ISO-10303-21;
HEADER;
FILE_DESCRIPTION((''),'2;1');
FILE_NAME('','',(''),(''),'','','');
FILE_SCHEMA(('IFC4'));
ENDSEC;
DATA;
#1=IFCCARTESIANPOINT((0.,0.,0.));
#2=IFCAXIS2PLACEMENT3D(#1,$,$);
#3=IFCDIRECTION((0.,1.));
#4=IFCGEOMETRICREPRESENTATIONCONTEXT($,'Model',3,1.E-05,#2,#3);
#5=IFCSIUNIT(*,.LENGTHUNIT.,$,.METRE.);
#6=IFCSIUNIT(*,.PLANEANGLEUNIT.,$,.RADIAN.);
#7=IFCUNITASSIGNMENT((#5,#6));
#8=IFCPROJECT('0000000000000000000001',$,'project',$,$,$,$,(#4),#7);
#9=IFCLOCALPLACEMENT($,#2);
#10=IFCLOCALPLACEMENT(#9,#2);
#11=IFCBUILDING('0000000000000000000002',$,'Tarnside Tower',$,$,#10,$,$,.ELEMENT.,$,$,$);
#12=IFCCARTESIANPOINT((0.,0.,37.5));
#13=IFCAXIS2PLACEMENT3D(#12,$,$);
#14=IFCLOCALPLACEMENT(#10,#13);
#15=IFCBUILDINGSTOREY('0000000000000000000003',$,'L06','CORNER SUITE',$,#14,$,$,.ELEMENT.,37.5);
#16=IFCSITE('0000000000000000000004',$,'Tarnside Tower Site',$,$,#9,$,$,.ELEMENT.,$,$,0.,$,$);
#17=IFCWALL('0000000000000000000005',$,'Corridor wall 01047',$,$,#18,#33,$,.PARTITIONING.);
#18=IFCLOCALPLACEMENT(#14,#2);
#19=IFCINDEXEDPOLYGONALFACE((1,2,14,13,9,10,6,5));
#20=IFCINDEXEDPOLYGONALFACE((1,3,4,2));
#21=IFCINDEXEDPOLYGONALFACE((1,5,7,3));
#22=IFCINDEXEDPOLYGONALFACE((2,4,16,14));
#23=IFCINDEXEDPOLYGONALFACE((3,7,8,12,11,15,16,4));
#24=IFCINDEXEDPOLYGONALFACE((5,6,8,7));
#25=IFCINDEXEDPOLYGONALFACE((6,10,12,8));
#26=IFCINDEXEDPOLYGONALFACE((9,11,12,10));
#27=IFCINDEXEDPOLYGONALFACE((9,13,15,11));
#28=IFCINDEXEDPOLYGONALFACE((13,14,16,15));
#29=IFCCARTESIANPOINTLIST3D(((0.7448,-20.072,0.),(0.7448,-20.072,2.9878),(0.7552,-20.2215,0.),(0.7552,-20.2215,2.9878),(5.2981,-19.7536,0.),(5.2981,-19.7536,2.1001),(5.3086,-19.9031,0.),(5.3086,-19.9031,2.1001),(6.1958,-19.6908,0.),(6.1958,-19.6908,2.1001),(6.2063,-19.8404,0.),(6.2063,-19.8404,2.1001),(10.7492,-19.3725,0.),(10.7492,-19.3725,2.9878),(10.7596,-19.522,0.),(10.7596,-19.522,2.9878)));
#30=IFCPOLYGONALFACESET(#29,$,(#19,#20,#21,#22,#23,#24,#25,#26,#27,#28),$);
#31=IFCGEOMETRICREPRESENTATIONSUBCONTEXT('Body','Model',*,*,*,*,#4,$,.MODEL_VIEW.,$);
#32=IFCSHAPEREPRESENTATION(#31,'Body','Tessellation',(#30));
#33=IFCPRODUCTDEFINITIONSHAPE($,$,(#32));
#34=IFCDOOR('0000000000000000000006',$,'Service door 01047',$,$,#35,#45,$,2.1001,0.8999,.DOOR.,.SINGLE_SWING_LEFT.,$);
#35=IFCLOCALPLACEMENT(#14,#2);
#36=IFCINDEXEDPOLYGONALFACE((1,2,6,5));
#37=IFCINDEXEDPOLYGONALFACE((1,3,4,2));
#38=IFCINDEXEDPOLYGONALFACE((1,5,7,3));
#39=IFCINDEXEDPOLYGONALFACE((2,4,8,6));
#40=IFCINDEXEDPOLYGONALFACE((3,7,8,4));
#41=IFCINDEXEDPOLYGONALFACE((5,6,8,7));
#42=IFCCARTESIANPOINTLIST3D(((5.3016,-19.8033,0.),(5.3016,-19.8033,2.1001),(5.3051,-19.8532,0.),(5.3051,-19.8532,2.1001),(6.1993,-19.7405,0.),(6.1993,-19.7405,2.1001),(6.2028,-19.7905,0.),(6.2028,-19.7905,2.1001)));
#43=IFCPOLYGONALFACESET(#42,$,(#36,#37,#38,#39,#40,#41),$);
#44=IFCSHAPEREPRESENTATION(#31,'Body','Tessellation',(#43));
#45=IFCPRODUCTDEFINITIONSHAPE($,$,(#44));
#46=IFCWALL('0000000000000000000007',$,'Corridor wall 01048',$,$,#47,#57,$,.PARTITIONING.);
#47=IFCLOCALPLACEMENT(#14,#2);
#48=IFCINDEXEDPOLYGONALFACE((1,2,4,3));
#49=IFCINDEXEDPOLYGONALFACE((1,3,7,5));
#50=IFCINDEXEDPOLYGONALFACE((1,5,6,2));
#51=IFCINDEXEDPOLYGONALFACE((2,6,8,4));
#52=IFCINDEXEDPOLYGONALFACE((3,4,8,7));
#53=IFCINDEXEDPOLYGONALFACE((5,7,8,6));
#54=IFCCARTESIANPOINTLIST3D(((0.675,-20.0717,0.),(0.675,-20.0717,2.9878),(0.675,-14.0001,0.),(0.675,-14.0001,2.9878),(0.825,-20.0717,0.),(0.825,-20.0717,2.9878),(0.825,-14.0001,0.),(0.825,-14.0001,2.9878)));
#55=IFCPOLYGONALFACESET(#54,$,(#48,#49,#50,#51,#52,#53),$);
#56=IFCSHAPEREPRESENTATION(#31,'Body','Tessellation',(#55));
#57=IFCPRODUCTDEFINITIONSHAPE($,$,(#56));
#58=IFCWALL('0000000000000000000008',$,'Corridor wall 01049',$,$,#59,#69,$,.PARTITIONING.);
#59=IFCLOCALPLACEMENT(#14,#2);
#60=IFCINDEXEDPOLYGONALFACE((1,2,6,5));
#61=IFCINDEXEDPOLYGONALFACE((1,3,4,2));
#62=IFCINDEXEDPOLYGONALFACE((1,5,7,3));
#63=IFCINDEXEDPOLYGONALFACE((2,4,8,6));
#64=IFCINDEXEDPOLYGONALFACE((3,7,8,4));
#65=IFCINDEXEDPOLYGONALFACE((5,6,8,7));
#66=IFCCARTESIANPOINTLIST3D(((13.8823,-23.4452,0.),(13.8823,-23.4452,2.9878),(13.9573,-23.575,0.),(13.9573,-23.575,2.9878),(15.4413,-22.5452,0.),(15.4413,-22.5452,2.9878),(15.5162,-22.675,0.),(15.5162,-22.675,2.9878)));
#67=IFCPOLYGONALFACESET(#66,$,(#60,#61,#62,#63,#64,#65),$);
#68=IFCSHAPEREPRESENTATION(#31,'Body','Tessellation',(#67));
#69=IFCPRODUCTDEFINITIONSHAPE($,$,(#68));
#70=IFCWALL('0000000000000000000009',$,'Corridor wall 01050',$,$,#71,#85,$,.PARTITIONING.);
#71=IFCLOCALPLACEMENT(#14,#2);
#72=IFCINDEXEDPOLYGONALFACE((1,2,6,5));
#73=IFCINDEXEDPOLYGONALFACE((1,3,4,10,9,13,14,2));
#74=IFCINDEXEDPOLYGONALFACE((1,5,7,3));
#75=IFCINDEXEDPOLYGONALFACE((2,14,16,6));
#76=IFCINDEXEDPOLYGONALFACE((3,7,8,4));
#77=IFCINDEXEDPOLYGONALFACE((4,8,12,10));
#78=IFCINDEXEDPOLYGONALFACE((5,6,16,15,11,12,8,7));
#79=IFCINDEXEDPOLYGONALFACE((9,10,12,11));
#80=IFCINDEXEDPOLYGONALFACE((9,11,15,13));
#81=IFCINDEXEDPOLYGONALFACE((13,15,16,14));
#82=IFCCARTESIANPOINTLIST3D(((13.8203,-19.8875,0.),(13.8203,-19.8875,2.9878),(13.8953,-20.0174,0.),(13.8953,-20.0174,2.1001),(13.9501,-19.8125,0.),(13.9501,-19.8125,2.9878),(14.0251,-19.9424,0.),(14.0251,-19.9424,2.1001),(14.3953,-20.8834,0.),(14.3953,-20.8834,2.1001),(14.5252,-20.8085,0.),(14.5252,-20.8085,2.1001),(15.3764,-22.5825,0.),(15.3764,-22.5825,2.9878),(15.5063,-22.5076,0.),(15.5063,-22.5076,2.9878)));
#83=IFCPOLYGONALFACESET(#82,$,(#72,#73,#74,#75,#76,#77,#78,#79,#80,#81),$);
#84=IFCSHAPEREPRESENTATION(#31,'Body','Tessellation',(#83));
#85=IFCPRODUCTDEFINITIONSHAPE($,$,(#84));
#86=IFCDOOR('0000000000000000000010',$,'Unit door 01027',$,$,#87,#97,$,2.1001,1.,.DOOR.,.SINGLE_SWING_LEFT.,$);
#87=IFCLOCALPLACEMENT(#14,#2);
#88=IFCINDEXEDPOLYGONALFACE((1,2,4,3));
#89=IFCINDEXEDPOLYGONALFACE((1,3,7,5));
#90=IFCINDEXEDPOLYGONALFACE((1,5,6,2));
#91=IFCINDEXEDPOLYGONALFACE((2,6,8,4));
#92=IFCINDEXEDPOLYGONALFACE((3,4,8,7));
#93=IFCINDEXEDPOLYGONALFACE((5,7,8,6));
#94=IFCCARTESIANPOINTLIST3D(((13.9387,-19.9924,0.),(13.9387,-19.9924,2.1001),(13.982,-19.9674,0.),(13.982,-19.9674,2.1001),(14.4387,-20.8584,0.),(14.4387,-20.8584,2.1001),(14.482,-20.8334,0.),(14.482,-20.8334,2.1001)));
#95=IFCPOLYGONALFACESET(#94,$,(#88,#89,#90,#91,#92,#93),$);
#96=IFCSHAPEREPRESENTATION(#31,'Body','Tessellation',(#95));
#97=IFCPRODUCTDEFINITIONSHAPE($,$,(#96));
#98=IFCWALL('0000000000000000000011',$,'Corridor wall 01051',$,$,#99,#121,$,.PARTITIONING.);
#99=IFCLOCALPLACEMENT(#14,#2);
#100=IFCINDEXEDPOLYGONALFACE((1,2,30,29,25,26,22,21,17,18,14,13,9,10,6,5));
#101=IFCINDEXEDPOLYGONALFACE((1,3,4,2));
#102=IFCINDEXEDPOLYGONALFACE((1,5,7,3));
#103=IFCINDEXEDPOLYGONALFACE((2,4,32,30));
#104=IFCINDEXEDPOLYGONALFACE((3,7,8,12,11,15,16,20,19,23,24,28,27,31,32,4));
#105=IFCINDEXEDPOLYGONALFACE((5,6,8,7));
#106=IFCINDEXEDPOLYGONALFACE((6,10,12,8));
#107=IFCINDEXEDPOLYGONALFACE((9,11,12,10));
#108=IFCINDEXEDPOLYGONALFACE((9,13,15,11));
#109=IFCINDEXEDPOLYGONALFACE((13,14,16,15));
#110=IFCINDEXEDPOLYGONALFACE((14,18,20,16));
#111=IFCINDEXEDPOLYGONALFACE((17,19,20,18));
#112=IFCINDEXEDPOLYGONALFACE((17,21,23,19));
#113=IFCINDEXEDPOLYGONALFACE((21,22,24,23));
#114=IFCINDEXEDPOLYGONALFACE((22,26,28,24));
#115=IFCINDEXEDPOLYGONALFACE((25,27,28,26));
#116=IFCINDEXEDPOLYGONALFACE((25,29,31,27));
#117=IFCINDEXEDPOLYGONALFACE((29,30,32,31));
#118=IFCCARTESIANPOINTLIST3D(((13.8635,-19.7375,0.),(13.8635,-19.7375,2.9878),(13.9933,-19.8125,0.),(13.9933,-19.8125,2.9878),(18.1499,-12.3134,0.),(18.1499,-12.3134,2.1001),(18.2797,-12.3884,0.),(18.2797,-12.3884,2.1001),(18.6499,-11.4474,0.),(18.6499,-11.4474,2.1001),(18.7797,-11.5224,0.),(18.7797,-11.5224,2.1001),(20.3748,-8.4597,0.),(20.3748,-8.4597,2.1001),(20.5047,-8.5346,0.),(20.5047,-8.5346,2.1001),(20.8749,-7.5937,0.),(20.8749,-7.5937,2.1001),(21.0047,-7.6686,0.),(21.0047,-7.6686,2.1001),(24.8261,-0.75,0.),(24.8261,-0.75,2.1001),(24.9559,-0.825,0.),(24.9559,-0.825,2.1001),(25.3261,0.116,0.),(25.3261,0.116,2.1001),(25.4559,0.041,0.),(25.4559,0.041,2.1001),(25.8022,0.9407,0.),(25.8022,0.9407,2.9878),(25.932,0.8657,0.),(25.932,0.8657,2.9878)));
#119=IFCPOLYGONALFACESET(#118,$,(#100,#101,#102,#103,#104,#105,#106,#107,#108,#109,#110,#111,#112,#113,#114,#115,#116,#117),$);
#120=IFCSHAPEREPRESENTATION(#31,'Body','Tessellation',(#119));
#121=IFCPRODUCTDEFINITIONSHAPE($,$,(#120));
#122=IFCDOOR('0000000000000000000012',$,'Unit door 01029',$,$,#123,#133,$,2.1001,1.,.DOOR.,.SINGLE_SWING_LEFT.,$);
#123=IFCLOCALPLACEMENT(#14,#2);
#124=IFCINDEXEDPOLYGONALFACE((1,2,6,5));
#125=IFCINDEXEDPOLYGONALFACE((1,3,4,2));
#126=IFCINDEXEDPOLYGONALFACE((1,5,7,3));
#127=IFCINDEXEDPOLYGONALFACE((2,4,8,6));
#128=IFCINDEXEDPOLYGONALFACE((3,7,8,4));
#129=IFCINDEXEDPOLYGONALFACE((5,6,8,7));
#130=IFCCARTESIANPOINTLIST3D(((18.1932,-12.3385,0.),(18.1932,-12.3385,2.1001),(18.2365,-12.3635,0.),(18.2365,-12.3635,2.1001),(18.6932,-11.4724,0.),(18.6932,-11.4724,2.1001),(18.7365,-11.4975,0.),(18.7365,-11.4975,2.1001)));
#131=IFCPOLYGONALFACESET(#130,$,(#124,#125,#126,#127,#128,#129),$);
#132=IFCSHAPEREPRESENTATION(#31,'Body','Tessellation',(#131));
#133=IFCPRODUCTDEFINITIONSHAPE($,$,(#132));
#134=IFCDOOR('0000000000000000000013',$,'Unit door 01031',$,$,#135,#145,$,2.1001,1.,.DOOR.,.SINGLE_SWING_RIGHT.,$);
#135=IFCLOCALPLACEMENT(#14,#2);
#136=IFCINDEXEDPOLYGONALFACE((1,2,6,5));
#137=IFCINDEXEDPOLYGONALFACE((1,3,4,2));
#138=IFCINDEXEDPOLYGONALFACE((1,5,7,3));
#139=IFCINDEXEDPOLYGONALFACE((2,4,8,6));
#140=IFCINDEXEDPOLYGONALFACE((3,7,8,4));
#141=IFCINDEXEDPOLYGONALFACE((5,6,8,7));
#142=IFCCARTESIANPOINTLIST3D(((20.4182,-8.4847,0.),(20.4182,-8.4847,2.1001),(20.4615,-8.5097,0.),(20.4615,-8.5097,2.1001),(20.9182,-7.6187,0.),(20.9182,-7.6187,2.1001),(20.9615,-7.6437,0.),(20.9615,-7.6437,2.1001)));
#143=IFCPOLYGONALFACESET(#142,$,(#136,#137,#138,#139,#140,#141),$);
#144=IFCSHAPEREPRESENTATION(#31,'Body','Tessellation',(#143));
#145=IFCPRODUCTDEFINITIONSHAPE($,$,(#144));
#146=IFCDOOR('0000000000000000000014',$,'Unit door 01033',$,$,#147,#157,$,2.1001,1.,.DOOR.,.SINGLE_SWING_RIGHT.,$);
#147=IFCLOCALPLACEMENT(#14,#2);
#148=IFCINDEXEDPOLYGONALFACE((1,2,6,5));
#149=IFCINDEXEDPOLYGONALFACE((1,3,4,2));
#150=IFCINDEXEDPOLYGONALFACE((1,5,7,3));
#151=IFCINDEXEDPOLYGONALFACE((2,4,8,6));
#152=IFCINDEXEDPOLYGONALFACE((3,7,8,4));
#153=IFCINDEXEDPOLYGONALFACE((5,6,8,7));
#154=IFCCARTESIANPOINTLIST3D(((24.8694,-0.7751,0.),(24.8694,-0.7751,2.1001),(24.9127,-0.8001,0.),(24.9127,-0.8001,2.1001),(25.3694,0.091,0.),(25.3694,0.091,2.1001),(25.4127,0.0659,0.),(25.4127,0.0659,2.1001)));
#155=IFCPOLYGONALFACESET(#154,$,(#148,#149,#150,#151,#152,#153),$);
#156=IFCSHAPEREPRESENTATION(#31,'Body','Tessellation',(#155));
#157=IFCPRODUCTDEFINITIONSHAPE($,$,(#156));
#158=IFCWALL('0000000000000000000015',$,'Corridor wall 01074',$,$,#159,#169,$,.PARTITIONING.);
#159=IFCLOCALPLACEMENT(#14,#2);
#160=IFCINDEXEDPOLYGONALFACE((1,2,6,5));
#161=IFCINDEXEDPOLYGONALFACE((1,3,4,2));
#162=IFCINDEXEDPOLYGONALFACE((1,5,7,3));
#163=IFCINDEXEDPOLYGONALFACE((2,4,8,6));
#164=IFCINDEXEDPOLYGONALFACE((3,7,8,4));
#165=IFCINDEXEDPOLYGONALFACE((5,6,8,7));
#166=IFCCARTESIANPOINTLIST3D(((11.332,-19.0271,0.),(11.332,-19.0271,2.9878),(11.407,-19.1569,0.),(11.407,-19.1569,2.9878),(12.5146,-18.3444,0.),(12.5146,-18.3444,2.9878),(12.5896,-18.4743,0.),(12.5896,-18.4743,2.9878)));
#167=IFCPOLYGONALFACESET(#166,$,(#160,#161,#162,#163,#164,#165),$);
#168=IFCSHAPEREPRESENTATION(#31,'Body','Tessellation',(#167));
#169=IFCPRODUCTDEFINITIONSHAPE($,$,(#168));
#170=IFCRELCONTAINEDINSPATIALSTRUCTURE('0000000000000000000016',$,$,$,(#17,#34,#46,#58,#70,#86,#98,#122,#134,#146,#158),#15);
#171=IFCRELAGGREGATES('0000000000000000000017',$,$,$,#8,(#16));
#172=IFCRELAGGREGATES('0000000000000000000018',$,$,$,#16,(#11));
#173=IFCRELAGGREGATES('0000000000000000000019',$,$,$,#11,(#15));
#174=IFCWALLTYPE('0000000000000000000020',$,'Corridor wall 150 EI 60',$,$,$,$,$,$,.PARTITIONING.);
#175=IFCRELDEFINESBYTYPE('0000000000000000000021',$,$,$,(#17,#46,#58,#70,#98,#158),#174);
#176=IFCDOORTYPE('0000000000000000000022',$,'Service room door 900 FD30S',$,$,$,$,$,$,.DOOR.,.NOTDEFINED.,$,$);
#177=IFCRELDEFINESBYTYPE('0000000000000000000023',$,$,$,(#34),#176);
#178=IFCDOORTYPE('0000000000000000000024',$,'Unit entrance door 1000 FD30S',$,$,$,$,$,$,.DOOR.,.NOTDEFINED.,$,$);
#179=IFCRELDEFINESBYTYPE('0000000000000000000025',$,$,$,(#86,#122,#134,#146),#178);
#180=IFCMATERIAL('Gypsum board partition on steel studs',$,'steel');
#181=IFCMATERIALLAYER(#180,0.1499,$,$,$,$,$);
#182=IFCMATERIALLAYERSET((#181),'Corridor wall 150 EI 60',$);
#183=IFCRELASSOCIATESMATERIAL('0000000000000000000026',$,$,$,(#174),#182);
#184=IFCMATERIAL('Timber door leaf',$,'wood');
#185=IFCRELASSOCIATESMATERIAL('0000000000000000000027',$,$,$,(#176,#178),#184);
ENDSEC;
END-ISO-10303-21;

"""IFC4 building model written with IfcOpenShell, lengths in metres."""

from ifc_helpers import new_model, si_unit, direction, frame, frame_2d, origin, place, context, subcontext, project, spatial, rectangle, extrude, material, layer, layer_set, type_object, element, fill, save


model = new_model("IFC4")

# Units and contexts
model_context = context("Model", 3, precision=1e-05, world=origin(), true_north=direction((0.0, 1.0)))
body_context = subcontext(model_context, "Body", "Model", "MODEL_VIEW")
ifc_project = project(units=[si_unit("LENGTHUNIT", "METRE"), si_unit("PLANEANGLEUNIT", "RADIAN")], contexts=[model_context])

# Site, building, storey
site_placement = place(None, origin())
site = spatial("IfcSite", under=ifc_project, at=site_placement, Name="Tarnside Tower Site", CompositionType="ELEMENT", RefElevation=0.0)
building_placement = place(site_placement, origin())
building = spatial("IfcBuilding", under=site, at=building_placement, Name="Tarnside Tower", CompositionType="ELEMENT")
storey_placement = place(building_placement, frame((0.0, 0.0, 37.5)))
storey = spatial("IfcBuildingStorey", under=building, at=storey_placement, Name="L06", Description="CORNER SUITE", CompositionType="ELEMENT", Elevation=37.5)

# Shared definitions
ifc_material_1 = material(Name="Gypsum board partition on steel studs", Category="steel")
ifc_material_2 = material(Name="Timber door leaf", Category="wood")

# Shared definitions
ifc_layer_1 = layer(ifc_material_1, 0.1499)
ifc_layer_set_1 = layer_set([ifc_layer_1], Name="Corridor wall 150 EI 60")
wall_type_1 = type_object("IfcWallType", Name="Corridor wall 150 EI 60", PredefinedType="PARTITIONING", material=ifc_layer_set_1)

# Wall, opening, door
wall_1_placement = place(storey_placement, frame((10.7544, -19.4473, 0.0), z_axis=(0.0, 0.0, 1.0), x_axis=(-0.997565, -0.069745, 0.0)))
wall_1 = element("IfcWall", 1, at=wall_1_placement, inside=storey, type_object=wall_type_1, Name="Corridor wall 01047", PredefinedType="PARTITIONING", context=body_context, shape_type="SweptSolid", body=[
    extrude(rectangle(XDim=10.0288, YDim=0.1499, at=frame_2d((5.0144, 0.0))), origin(), (0.0, 0.0, 1.0), 2.9878),
])
opening_1_placement = place(wall_1_placement, frame((4.5645, 0.0, 0.0)))
opening_1 = element("IfcOpeningElement", 2, at=opening_1_placement, cuts=wall_1, PredefinedType="OPENING", context=body_context, shape_type="SweptSolid", body=[
    extrude(rectangle(XDim=0.8999, YDim=2.1001, at=frame_2d((0.45, 1.05))), frame((0.0, 0.085, 0.0), z_axis=(0.0, -1.0, 0.0), x_axis=(1.0, 0.0, 0.0)), (0.0, 0.0, 1.0), 0.1699),
])
door_type_1 = type_object("IfcDoorType", Name="Service room door 900 FD30S", OperationType="NOTDEFINED", PredefinedType="DOOR", material=ifc_material_2)
door_1_placement = place(opening_1_placement, origin())
door_1 = element("IfcDoor", 3, at=door_1_placement, inside=storey, type_object=door_type_1, Name="Service door 01047", OperationType="SINGLE_SWING_LEFT", OverallHeight=2.1001, OverallWidth=0.8999, PredefinedType="DOOR", context=body_context, shape_type="SweptSolid", body=[
    extrude(rectangle(XDim=0.8999, YDim=2.1001, at=frame_2d((0.45, 1.05))), frame((0.0, 0.0249, 0.0), z_axis=(0.0, -1.0, 0.0), x_axis=(1.0, 0.0, 0.0)), (0.0, 0.0, 1.0), 0.05),
])
fill(opening_1, door_1)

# Walls
wall_2_placement = place(storey_placement, frame((0.75, -20.0715, 0.0), z_axis=(0.0, 0.0, 1.0), x_axis=(0.0, 1.0, 0.0)))
element("IfcWall", 4, at=wall_2_placement, inside=storey, type_object=wall_type_1, Name="Corridor wall 01048", PredefinedType="PARTITIONING", context=body_context, shape_type="SweptSolid", body=[
    extrude(rectangle(XDim=6.0715, YDim=0.1499, at=frame_2d((3.0356, 0.0))), origin(), (0.0, 0.0, 1.0), 2.9878),
])
wall_3_placement = place(storey_placement, frame((13.9199, -23.51, 0.0), z_axis=(0.0, 0.0, 1.0), x_axis=(0.866048, 0.499961, 0.0)))
element("IfcWall", 5, at=wall_3_placement, inside=storey, type_object=wall_type_1, Name="Corridor wall 01049", PredefinedType="PARTITIONING", context=body_context, shape_type="SweptSolid", body=[
    extrude(rectangle(XDim=1.8, YDim=0.1499, at=frame_2d((0.8999, 0.0))), origin(), (0.0, 0.0, 1.0), 2.9878),
])

# Wall, opening, door
wall_4_placement = place(storey_placement, frame((15.4414, -22.5452, 0.0), z_axis=(0.0, 0.0, 1.0), x_axis=(-0.500037, 0.866004, 0.0)))
wall_4 = element("IfcWall", 6, at=wall_4_placement, inside=storey, type_object=wall_type_1, Name="Corridor wall 01050", PredefinedType="PARTITIONING", context=body_context, shape_type="SweptSolid", body=[
    extrude(rectangle(XDim=3.1121, YDim=0.1499, at=frame_2d((1.5562, 0.0))), origin(), (0.0, 0.0, 1.0), 2.9878),
])
opening_2_placement = place(wall_4_placement, frame((1.9622, 0.0, 0.0)))
opening_2 = element("IfcOpeningElement", 7, at=opening_2_placement, cuts=wall_4, PredefinedType="OPENING", context=body_context, shape_type="SweptSolid", body=[
    extrude(rectangle(XDim=1.0, YDim=2.1001, at=frame_2d((0.5, 1.05))), frame((0.0, 0.085, 0.0), z_axis=(0.0, -1.0, 0.0), x_axis=(1.0, 0.0, 0.0)), (0.0, 0.0, 1.0), 0.1699),
])
door_type_2 = type_object("IfcDoorType", Name="Unit entrance door 1000 FD30S", OperationType="NOTDEFINED", PredefinedType="DOOR", material=ifc_material_2)
door_2_placement = place(opening_2_placement, origin())
door_2 = element("IfcDoor", 8, at=door_2_placement, inside=storey, type_object=door_type_2, Name="Unit door 01027", OperationType="SINGLE_SWING_LEFT", OverallHeight=2.1001, OverallWidth=1.0, PredefinedType="DOOR", context=body_context, shape_type="SweptSolid", body=[
    extrude(rectangle(XDim=1.0, YDim=2.1001, at=frame_2d((0.5, 1.05))), frame((0.0, 0.0249, 0.0), z_axis=(0.0, -1.0, 0.0), x_axis=(1.0, 0.0, 0.0)), (0.0, 0.0, 1.0), 0.05),
])
fill(opening_2, door_2)

# Wall, openings, doors
wall_5_placement = place(storey_placement, frame((13.9285, -19.7749, 0.0), z_axis=(0.0, 0.0, 1.0), x_axis=(0.500005, 0.866023, 0.0)))
wall_5 = element("IfcWall", 9, at=wall_5_placement, inside=storey, type_object=wall_type_1, Name="Corridor wall 01051", PredefinedType="PARTITIONING", context=body_context, shape_type="SweptSolid", body=[
    extrude(rectangle(XDim=23.8772, YDim=0.1499, at=frame_2d((11.9385, 0.0))), origin(), (0.0, 0.0, 1.0), 2.9878),
])
opening_3_placement = place(wall_5_placement, frame((8.5725, 0.0, 0.0)))
opening_3 = element("IfcOpeningElement", 10, at=opening_3_placement, cuts=wall_5, PredefinedType="OPENING", context=body_context, shape_type="SweptSolid", body=[
    extrude(rectangle(XDim=1.0, YDim=2.1001, at=frame_2d((0.5, 1.05))), frame((0.0, 0.085, 0.0), z_axis=(0.0, -1.0, 0.0), x_axis=(1.0, 0.0, 0.0)), (0.0, 0.0, 1.0), 0.1699),
])
opening_4_placement = place(wall_5_placement, frame((13.0225, 0.0, 0.0)))
opening_4 = element("IfcOpeningElement", 11, at=opening_4_placement, cuts=wall_5, PredefinedType="OPENING", context=body_context, shape_type="SweptSolid", body=[
    extrude(rectangle(XDim=1.0, YDim=2.1001, at=frame_2d((0.5, 1.05))), frame((0.0, 0.085, 0.0), z_axis=(0.0, -1.0, 0.0), x_axis=(1.0, 0.0, 0.0)), (0.0, 0.0, 1.0), 0.1699),
])
opening_5_placement = place(wall_5_placement, frame((21.9248, 0.0, 0.0)))
opening_5 = element("IfcOpeningElement", 12, at=opening_5_placement, cuts=wall_5, PredefinedType="OPENING", context=body_context, shape_type="SweptSolid", body=[
    extrude(rectangle(XDim=1.0, YDim=2.1001, at=frame_2d((0.5, 1.05))), frame((0.0, 0.085, 0.0), z_axis=(0.0, -1.0, 0.0), x_axis=(1.0, 0.0, 0.0)), (0.0, 0.0, 1.0), 0.1699),
])
door_3_placement = place(opening_3_placement, origin())
door_3 = element("IfcDoor", 13, at=door_3_placement, inside=storey, type_object=door_type_2, Name="Unit door 01029", OperationType="SINGLE_SWING_LEFT", OverallHeight=2.1001, OverallWidth=1.0, PredefinedType="DOOR", context=body_context, shape_type="SweptSolid", body=[
    extrude(rectangle(XDim=1.0, YDim=2.1001, at=frame_2d((0.5, 1.05))), frame((0.0, 0.0249, 0.0), z_axis=(0.0, -1.0, 0.0), x_axis=(1.0, 0.0, 0.0)), (0.0, 0.0, 1.0), 0.05),
])
fill(opening_3, door_3)
door_4_placement = place(opening_4_placement, origin())
door_4 = element("IfcDoor", 14, at=door_4_placement, inside=storey, type_object=door_type_2, Name="Unit door 01031", OperationType="SINGLE_SWING_RIGHT", OverallHeight=2.1001, OverallWidth=1.0, PredefinedType="DOOR", context=body_context, shape_type="SweptSolid", body=[
    extrude(rectangle(XDim=1.0, YDim=2.1001, at=frame_2d((0.5, 1.05))), frame((0.0, 0.0249, 0.0), z_axis=(0.0, -1.0, 0.0), x_axis=(1.0, 0.0, 0.0)), (0.0, 0.0, 1.0), 0.05),
])
fill(opening_4, door_4)
door_5_placement = place(opening_5_placement, origin())
door_5 = element("IfcDoor", 15, at=door_5_placement, inside=storey, type_object=door_type_2, Name="Unit door 01033", OperationType="SINGLE_SWING_RIGHT", OverallHeight=2.1001, OverallWidth=1.0, PredefinedType="DOOR", context=body_context, shape_type="SweptSolid", body=[
    extrude(rectangle(XDim=1.0, YDim=2.1001, at=frame_2d((0.5, 1.05))), frame((0.0, 0.0249, 0.0), z_axis=(0.0, -1.0, 0.0), x_axis=(1.0, 0.0, 0.0)), (0.0, 0.0, 1.0), 0.05),
])
fill(opening_5, door_5)

# Wall
wall_6_placement = place(storey_placement, frame((12.552, -18.4094, 0.0), z_axis=(0.0, 0.0, 1.0), x_axis=(-0.866078, -0.499908, 0.0)))
element("IfcWall", 16, at=wall_6_placement, inside=storey, type_object=wall_type_1, Name="Corridor wall 01074", PredefinedType="PARTITIONING", context=body_context, shape_type="SweptSolid", body=[
    extrude(rectangle(XDim=1.3655, YDim=0.1499, at=frame_2d((0.6826, 0.0))), origin(), (0.0, 0.0, 1.0), 2.9878),
])

save(model, "model.ifc")
